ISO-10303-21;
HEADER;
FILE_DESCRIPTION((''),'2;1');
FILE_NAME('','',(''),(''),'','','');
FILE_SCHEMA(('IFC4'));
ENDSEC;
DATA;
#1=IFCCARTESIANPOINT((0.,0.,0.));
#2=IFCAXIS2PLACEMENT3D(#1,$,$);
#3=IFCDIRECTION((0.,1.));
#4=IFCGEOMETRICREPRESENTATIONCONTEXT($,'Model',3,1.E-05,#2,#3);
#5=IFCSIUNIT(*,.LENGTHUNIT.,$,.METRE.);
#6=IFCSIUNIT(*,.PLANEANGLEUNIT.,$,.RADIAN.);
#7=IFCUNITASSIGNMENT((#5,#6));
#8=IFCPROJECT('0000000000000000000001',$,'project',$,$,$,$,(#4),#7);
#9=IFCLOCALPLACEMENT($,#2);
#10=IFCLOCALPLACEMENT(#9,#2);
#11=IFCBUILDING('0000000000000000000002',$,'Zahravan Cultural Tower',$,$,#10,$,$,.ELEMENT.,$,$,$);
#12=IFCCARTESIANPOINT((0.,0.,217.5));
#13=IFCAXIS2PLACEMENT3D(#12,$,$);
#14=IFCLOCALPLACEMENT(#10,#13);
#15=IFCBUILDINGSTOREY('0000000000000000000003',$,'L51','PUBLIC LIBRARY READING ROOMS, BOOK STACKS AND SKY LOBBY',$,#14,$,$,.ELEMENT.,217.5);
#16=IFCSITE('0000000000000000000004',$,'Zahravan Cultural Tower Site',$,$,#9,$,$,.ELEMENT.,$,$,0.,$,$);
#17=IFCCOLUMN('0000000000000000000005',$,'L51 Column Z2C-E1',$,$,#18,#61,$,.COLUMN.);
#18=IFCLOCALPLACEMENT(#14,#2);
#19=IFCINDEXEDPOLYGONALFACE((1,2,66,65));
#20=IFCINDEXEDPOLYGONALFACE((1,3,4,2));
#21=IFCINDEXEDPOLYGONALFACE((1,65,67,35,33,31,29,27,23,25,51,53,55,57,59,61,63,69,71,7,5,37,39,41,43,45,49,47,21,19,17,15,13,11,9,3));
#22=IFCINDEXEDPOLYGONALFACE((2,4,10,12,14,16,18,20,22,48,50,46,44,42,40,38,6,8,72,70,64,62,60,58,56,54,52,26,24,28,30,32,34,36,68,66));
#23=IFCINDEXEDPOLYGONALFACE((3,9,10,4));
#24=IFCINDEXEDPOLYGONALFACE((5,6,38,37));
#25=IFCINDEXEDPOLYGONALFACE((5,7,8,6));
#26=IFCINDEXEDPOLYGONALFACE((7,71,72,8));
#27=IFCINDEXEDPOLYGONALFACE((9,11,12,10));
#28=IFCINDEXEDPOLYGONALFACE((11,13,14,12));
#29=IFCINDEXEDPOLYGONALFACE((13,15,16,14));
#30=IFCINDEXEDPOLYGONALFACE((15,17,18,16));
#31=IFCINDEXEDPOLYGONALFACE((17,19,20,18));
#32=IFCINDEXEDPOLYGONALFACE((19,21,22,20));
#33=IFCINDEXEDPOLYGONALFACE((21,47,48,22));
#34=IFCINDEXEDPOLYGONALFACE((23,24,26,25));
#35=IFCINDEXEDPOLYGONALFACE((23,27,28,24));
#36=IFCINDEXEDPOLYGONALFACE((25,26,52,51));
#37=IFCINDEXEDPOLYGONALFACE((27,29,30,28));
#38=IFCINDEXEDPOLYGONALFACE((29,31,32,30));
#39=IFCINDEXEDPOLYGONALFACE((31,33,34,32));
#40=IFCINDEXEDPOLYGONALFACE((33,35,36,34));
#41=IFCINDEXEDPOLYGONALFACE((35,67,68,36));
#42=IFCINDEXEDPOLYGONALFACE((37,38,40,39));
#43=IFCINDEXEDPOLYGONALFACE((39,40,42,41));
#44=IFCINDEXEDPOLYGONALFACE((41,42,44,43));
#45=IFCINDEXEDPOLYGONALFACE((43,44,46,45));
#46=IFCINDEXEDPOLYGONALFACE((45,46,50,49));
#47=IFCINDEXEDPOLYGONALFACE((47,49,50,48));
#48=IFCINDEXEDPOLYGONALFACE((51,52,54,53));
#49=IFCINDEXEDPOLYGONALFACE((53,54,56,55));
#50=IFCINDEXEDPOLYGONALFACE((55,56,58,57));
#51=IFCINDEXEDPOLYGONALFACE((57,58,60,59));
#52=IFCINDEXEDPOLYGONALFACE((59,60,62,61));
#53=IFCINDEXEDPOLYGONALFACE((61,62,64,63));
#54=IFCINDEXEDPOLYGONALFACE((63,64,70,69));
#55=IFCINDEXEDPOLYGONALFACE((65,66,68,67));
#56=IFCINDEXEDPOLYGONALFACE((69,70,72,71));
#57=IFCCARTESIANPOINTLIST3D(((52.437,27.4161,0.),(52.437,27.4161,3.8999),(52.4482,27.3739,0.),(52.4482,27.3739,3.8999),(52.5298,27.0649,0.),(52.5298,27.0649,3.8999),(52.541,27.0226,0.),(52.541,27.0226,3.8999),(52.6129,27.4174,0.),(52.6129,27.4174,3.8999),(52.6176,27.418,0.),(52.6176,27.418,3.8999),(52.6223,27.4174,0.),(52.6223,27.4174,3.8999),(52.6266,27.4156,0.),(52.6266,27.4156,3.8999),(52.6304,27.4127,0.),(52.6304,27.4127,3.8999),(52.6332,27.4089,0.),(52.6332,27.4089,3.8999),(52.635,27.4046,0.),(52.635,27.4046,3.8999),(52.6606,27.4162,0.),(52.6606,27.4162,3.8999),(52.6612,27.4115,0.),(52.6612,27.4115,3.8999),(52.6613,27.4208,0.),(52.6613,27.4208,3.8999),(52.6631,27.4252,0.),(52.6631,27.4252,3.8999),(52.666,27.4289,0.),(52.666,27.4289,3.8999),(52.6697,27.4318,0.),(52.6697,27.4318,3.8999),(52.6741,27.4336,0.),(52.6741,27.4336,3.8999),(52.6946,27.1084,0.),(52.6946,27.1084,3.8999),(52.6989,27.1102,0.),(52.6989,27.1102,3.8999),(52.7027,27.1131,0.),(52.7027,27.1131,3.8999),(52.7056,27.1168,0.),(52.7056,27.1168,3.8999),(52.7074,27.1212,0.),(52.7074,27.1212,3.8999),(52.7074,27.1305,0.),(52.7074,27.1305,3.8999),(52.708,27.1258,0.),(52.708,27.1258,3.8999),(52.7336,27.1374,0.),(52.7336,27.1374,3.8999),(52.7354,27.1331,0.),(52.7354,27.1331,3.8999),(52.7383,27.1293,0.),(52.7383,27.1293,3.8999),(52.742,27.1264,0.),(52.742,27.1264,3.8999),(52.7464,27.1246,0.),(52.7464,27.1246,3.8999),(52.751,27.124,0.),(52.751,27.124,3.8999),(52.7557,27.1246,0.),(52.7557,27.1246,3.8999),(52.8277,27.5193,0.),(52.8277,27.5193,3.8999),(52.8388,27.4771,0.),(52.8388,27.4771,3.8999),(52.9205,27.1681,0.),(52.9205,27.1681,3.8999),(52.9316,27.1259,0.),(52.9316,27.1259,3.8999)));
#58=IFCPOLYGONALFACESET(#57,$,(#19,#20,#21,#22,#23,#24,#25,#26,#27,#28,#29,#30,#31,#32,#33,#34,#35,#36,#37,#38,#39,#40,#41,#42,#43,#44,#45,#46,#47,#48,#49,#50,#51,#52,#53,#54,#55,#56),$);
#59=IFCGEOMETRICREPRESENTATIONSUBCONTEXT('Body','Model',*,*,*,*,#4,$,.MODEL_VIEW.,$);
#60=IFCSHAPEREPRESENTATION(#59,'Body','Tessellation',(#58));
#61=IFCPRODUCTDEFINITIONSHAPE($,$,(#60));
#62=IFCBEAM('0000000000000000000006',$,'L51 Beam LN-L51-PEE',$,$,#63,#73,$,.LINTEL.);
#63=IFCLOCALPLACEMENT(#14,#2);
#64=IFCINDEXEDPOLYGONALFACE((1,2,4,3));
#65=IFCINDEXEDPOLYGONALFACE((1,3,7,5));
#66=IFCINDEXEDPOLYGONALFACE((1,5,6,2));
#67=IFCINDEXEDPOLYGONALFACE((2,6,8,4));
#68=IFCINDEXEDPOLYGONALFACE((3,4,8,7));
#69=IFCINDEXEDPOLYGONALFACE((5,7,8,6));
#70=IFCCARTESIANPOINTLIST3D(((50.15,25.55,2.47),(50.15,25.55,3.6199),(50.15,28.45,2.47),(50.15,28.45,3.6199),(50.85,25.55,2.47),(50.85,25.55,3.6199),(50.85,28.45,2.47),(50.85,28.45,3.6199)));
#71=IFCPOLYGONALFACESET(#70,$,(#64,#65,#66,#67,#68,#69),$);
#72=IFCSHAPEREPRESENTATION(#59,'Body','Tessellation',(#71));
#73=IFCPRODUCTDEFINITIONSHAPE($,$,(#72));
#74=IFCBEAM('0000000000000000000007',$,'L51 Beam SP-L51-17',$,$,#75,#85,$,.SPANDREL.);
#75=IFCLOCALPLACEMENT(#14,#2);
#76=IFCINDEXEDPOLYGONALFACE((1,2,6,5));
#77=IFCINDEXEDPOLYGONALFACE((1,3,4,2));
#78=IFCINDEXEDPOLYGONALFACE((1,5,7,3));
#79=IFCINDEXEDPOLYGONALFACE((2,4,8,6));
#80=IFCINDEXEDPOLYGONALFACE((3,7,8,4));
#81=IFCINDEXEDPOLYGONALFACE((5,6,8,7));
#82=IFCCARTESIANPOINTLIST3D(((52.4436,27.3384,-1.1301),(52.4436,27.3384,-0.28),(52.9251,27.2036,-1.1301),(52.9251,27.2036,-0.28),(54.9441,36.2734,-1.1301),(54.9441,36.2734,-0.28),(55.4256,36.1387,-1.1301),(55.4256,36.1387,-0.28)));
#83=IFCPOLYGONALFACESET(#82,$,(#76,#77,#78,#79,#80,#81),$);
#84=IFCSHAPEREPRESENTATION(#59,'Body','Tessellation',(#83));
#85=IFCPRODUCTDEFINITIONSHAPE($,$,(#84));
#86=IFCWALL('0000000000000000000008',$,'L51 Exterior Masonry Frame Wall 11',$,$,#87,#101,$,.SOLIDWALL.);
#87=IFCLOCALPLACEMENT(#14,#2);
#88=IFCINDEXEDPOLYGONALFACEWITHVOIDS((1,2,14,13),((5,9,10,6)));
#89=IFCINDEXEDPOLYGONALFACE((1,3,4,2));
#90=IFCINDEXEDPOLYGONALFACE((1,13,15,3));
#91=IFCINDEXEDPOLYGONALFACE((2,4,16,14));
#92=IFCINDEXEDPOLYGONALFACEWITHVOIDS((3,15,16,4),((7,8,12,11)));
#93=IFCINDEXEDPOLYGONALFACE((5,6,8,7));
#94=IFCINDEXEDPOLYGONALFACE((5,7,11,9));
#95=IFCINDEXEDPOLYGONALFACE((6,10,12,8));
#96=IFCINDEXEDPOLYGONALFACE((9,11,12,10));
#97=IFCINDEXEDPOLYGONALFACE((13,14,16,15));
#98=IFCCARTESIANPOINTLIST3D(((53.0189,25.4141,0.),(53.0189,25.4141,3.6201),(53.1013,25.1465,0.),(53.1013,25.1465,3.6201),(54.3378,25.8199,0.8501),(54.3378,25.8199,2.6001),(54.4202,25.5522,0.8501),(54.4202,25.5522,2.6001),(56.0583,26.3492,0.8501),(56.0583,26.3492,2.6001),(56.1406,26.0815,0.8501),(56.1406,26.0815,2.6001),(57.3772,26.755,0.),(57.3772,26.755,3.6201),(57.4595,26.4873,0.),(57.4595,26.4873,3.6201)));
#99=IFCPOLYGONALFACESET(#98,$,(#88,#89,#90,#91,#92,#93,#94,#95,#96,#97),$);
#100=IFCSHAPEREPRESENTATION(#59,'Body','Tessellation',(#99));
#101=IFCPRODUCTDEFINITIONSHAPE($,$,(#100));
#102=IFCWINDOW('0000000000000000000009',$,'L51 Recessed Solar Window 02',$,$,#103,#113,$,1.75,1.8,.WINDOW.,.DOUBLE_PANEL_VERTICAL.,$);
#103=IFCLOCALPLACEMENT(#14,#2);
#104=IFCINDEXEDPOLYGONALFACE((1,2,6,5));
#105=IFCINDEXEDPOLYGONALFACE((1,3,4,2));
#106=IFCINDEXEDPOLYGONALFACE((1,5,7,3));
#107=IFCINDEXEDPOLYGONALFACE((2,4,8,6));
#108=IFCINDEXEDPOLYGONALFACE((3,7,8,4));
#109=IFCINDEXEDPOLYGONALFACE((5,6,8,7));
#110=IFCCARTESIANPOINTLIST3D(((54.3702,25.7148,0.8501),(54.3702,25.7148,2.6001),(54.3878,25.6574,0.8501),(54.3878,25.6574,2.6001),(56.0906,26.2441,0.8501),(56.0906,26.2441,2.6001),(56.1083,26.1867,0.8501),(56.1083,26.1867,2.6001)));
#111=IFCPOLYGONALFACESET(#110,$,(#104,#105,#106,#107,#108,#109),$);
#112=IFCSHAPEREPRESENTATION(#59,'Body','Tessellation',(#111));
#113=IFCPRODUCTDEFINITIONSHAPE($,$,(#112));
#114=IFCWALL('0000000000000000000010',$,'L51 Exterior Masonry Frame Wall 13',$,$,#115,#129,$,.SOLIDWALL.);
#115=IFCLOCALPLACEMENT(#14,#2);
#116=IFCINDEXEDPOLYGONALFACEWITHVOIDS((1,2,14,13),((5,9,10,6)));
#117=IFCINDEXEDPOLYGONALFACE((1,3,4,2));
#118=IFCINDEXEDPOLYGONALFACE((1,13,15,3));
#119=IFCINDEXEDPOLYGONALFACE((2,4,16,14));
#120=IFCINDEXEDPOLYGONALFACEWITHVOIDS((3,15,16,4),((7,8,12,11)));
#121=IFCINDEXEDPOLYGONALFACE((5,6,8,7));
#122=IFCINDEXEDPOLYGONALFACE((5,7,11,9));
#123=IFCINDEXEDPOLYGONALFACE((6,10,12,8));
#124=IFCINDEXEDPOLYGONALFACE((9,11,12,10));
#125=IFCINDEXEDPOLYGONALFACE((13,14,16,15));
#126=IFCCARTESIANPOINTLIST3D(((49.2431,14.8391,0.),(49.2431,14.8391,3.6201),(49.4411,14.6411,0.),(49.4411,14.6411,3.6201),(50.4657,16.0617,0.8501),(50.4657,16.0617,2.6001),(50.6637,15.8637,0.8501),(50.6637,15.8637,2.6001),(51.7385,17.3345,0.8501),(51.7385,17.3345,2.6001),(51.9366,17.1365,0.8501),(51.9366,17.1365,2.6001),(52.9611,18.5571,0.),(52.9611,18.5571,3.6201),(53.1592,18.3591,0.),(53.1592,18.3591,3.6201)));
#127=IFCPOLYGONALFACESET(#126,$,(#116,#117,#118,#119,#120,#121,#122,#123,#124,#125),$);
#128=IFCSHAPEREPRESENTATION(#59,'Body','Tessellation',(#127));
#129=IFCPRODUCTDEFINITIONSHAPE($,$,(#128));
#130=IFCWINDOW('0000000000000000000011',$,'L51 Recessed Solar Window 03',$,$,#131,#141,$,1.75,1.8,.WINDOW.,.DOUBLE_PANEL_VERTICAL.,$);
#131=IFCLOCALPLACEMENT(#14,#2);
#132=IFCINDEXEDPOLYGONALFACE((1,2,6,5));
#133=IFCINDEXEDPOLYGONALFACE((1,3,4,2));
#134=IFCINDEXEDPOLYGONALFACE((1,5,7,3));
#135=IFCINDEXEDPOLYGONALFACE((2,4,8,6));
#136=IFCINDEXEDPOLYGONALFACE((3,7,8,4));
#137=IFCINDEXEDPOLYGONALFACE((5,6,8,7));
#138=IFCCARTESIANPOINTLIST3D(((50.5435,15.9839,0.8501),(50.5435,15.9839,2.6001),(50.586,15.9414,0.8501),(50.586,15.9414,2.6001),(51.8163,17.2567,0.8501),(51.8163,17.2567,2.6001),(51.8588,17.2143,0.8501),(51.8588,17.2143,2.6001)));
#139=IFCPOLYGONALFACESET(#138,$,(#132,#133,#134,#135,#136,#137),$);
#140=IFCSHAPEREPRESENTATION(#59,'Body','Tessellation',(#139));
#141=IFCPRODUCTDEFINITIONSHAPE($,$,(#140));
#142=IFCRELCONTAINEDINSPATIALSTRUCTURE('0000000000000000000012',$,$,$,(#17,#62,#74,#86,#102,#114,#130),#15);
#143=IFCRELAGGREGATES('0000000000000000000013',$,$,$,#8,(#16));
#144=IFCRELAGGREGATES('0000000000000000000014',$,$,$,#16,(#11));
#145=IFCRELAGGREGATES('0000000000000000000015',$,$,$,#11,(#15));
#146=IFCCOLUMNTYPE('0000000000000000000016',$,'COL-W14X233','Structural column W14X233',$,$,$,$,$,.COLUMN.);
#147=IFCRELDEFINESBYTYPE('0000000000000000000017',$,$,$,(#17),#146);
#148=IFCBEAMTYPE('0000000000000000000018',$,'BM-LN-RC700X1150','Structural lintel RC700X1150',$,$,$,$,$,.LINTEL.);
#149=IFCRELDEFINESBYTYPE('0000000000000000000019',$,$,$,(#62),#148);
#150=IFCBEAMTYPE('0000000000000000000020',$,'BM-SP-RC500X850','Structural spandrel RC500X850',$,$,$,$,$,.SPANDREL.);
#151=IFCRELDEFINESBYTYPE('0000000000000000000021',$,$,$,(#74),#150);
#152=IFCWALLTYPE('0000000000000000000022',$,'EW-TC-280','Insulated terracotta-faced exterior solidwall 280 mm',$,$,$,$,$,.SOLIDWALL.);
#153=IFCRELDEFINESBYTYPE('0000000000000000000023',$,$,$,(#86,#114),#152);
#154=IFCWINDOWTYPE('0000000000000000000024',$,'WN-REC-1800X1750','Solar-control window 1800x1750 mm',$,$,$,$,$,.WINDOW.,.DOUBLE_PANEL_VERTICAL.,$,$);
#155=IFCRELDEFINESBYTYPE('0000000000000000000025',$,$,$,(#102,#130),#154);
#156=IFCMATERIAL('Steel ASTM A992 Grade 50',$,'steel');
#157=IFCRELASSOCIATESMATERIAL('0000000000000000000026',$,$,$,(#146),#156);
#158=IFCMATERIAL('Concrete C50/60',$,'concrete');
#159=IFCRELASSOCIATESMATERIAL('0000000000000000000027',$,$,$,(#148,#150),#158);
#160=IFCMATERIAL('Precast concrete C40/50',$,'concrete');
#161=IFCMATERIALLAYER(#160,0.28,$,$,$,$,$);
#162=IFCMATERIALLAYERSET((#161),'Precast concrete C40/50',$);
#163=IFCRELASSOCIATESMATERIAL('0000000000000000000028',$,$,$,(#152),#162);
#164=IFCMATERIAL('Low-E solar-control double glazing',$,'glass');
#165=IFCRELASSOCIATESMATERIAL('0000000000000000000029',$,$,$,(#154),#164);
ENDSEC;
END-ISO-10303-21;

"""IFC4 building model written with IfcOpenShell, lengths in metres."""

from ifc_helpers import new_model, si_unit, direction, frame, frame_2d, origin, origin_2d, place, context, subcontext, project, spatial, rectangle, i_section, extrude, source, transform, mapped, material, layer, layer_set, material_profile, profile_set, type_object, element, fill, save


model = new_model("IFC4")

# Units and contexts
model_context = context("Model", 3, precision=1e-05, world=origin(), true_north=direction((0.0, 1.0)))
body_context = subcontext(model_context, "Body", "Model", "MODEL_VIEW")
ifc_project = project(units=[si_unit("LENGTHUNIT", "METRE"), si_unit("PLANEANGLEUNIT", "RADIAN")], contexts=[model_context])

# Site, building, storey
site_placement = place(None, origin())
site = spatial("IfcSite", under=ifc_project, at=site_placement, Name="Zahravan Cultural Tower Site", CompositionType="ELEMENT", RefElevation=0.0)
building_placement = place(site_placement, origin())
building = spatial("IfcBuilding", under=site, at=building_placement, Name="Zahravan Cultural Tower", CompositionType="ELEMENT")
storey_placement = place(building_placement, frame((0.0, 0.0, 217.5)))
storey = spatial("IfcBuildingStorey", under=building, at=storey_placement, Name="L51", Description="PUBLIC LIBRARY READING ROOMS, BOOK STACKS AND SKY LOBBY", CompositionType="ELEMENT", Elevation=217.5)

# Column
ifc_material_1 = material(Name="Steel ASTM A992 Grade 50", Category="steel")
ifc_material_profile_1 = material_profile(ifc_material_1, i_section(OverallWidth=0.4041, OverallDepth=0.407, WebThickness=0.0271, FlangeThickness=0.0437, FilletRadius=0.0181, at=origin_2d()), Name="W14X233")
ifc_profile_set_1 = profile_set([ifc_material_profile_1], Name="Steel ASTM A992 Grade 50")
column_type = type_object("IfcColumnType", Name="COL-W14X233", Description="Structural column W14X233", PredefinedType="COLUMN", material=ifc_profile_set_1)
shared_shape_1 = source(origin(), body_context, "Body", "SweptSolid", [
    extrude(i_section(OverallWidth=0.4041, OverallDepth=0.407, WebThickness=0.0271, FlangeThickness=0.0437, FilletRadius=0.0181, at=origin_2d()), origin(), (0.0, 0.0, 1.0), 3.8999),
])
column_placement = place(storey_placement, frame((52.6843, 27.271, 0.0), z_axis=(0.0, 0.0, 1.0), x_axis=(0.966823, 0.255446, 0.0)))
element("IfcColumn", 1, at=column_placement, inside=storey, type_object=column_type, Name="L51 Column Z2C-E1", PredefinedType="COLUMN", context=body_context, shape_type="MappedRepresentation", body=[
    mapped(shared_shape_1, transform((0.0, 0.0, 0.0), x_axis=(1.0, 0.0, 0.0), y_axis=(0.0, 1.0, 0.0), z_axis=(0.0, 0.0, 1.0), scale=1.0)),
])

# Beams
ifc_material_2 = material(Name="Concrete C50/60", Category="concrete")
ifc_material_profile_2 = material_profile(ifc_material_2, rectangle(XDim=0.7, YDim=1.1499, at=origin_2d()), Name="RC700X1150")
ifc_profile_set_2 = profile_set([ifc_material_profile_2], Name="Concrete C50/60")
beam_type_1 = type_object("IfcBeamType", Name="BM-LN-RC700X1150", Description="Structural lintel RC700X1150", PredefinedType="LINTEL", material=ifc_profile_set_2)
shared_shape_2 = source(origin(), body_context, "Body", "SweptSolid", [
    extrude(rectangle(XDim=0.7, YDim=1.1499, at=origin_2d()), origin(), (0.0, 0.0, 1.0), 2.8999),
])
beam_1_placement = place(storey_placement, frame((50.5, 25.55, 3.0449), z_axis=(0.0, 1.0, 0.0), x_axis=(-1.0, 0.0, 0.0)))
element("IfcBeam", 2, at=beam_1_placement, inside=storey, type_object=beam_type_1, Name="L51 Beam LN-L51-PEE", PredefinedType="LINTEL", context=body_context, shape_type="MappedRepresentation", body=[
    mapped(shared_shape_2, transform((0.0, 0.0, 0.0), x_axis=(1.0, 0.0, 0.0), y_axis=(0.0, 1.0, 0.0), z_axis=(0.0, 0.0, 1.0), scale=1.0)),
])
ifc_material_profile_3 = material_profile(ifc_material_2, rectangle(XDim=0.5, YDim=0.8501, at=origin_2d()), Name="RC500X850")
ifc_profile_set_3 = profile_set([ifc_material_profile_3], Name="Concrete C50/60")
beam_type_2 = type_object("IfcBeamType", Name="BM-SP-RC500X850", Description="Structural spandrel RC500X850", PredefinedType="SPANDREL", material=ifc_profile_set_3)
shared_shape_3 = source(origin(), body_context, "Body", "SweptSolid", [
    extrude(rectangle(XDim=0.5, YDim=0.8501, at=origin_2d()), origin(), (0.0, 0.0, 1.0), 9.2783),
])
beam_2_placement = place(storey_placement, frame((52.6843, 27.271, -0.7051), z_axis=(0.269497, 0.963001, 0.0), x_axis=(-0.963001, 0.269497, 0.0)))
element("IfcBeam", 3, at=beam_2_placement, inside=storey, type_object=beam_type_2, Name="L51 Beam SP-L51-17", PredefinedType="SPANDREL", context=body_context, shape_type="MappedRepresentation", body=[
    mapped(shared_shape_3, transform((0.0, 0.0, 0.0), x_axis=(1.0, 0.0, 0.0), y_axis=(0.0, 1.0, 0.0), z_axis=(0.0, 0.0, 1.0), scale=1.0)),
])

# Walls, openings, windows
ifc_material_3 = material(Name="Precast concrete C40/50", Category="concrete")
ifc_layer_1 = layer(ifc_material_3, 0.28)
ifc_layer_set_1 = layer_set([ifc_layer_1], Name="Precast concrete C40/50")
wall_type_1 = type_object("IfcWallType", Name="EW-TC-280", Description="Insulated terracotta-faced exterior solidwall 280 mm", PredefinedType="SOLIDWALL", material=ifc_layer_set_1)
wall_1_placement = place(storey_placement, frame((57.4182, 26.6211, 0.0), z_axis=(0.0, 0.0, 1.0), x_axis=(-0.955788, -0.294056, 0.0)))
wall_1 = element("IfcWall", 4, at=wall_1_placement, inside=storey, type_object=wall_type_1, Name="L51 Exterior Masonry Frame Wall 11", PredefinedType="SOLIDWALL", context=body_context, shape_type="SweptSolid", body=[
    extrude(rectangle(XDim=4.5598, YDim=0.28, at=frame_2d((2.2798, 0.0))), origin(), (0.0, 0.0, 1.0), 3.6201),
])
opening_1_placement = place(wall_1_placement, frame((1.3799, 0.0, 0.8501)))
opening_1 = element("IfcOpeningElement", 5, at=opening_1_placement, cuts=wall_1, PredefinedType="OPENING", context=body_context, shape_type="SweptSolid", body=[
    extrude(rectangle(XDim=1.8, YDim=1.75, at=frame_2d((0.8999, 0.875))), frame((0.0, 0.1499, 0.0), z_axis=(0.0, -1.0, 0.0), x_axis=(1.0, 0.0, 0.0)), (0.0, 0.0, 1.0), 0.3),
])
ifc_material_4 = material(Name="Low-E solar-control double glazing", Category="glass")
window_type = type_object("IfcWindowType", Name="WN-REC-1800X1750", Description="Solar-control window 1800x1750 mm", PartitioningType="DOUBLE_PANEL_VERTICAL", PredefinedType="WINDOW", material=ifc_material_4)
shared_shape_4 = source(origin(), body_context, "Body", "SweptSolid", [
    extrude(rectangle(XDim=1.8, YDim=1.75, at=frame_2d((0.8999, 0.875))), frame((0.0, 0.03, 0.0), z_axis=(0.0, -1.0, 0.0), x_axis=(1.0, 0.0, 0.0)), (0.0, 0.0, 1.0), 0.0601),
])
window_1_placement = place(opening_1_placement, origin())
window_1 = element("IfcWindow", 6, at=window_1_placement, inside=storey, type_object=window_type, Name="L51 Recessed Solar Window 02", OverallHeight=1.75, OverallWidth=1.8, PartitioningType="DOUBLE_PANEL_VERTICAL", PredefinedType="WINDOW", context=body_context, shape_type="MappedRepresentation", body=[
    mapped(shared_shape_4, transform((0.0, 0.0, 0.0), x_axis=(1.0, 0.0, 0.0), y_axis=(0.0, 1.0, 0.0), z_axis=(0.0, 0.0, 1.0), scale=1.0)),
])
fill(opening_1, window_1)
wall_2_placement = place(storey_placement, frame((53.0601, 18.458, 0.0), z_axis=(0.0, 0.0, 1.0), x_axis=(-0.707107, -0.707107, 0.0)))
wall_2 = element("IfcWall", 7, at=wall_2_placement, inside=storey, type_object=wall_type_1, Name="L51 Exterior Masonry Frame Wall 13", PredefinedType="SOLIDWALL", context=body_context, shape_type="SweptSolid", body=[
    extrude(rectangle(XDim=5.2581, YDim=0.28, at=frame_2d((2.6289, 0.0))), origin(), (0.0, 0.0, 1.0), 3.6201),
])
opening_2_placement = place(wall_2_placement, frame((1.729, 0.0, 0.8501)))
opening_2 = element("IfcOpeningElement", 8, at=opening_2_placement, cuts=wall_2, PredefinedType="OPENING", context=body_context, shape_type="SweptSolid", body=[
    extrude(rectangle(XDim=1.8, YDim=1.75, at=frame_2d((0.8999, 0.875))), frame((0.0, 0.1499, 0.0), z_axis=(0.0, -1.0, 0.0), x_axis=(1.0, 0.0, 0.0)), (0.0, 0.0, 1.0), 0.3),
])
window_2_placement = place(opening_2_placement, origin())
window_2 = element("IfcWindow", 9, at=window_2_placement, inside=storey, type_object=window_type, Name="L51 Recessed Solar Window 03", OverallHeight=1.75, OverallWidth=1.8, PartitioningType="DOUBLE_PANEL_VERTICAL", PredefinedType="WINDOW", context=body_context, shape_type="MappedRepresentation", body=[
    mapped(shared_shape_4, transform((0.0, 0.0, 0.0), x_axis=(1.0, 0.0, 0.0), y_axis=(0.0, 1.0, 0.0), z_axis=(0.0, 0.0, 1.0), scale=1.0)),
])
fill(opening_2, window_2)

save(model, "model.ifc")
